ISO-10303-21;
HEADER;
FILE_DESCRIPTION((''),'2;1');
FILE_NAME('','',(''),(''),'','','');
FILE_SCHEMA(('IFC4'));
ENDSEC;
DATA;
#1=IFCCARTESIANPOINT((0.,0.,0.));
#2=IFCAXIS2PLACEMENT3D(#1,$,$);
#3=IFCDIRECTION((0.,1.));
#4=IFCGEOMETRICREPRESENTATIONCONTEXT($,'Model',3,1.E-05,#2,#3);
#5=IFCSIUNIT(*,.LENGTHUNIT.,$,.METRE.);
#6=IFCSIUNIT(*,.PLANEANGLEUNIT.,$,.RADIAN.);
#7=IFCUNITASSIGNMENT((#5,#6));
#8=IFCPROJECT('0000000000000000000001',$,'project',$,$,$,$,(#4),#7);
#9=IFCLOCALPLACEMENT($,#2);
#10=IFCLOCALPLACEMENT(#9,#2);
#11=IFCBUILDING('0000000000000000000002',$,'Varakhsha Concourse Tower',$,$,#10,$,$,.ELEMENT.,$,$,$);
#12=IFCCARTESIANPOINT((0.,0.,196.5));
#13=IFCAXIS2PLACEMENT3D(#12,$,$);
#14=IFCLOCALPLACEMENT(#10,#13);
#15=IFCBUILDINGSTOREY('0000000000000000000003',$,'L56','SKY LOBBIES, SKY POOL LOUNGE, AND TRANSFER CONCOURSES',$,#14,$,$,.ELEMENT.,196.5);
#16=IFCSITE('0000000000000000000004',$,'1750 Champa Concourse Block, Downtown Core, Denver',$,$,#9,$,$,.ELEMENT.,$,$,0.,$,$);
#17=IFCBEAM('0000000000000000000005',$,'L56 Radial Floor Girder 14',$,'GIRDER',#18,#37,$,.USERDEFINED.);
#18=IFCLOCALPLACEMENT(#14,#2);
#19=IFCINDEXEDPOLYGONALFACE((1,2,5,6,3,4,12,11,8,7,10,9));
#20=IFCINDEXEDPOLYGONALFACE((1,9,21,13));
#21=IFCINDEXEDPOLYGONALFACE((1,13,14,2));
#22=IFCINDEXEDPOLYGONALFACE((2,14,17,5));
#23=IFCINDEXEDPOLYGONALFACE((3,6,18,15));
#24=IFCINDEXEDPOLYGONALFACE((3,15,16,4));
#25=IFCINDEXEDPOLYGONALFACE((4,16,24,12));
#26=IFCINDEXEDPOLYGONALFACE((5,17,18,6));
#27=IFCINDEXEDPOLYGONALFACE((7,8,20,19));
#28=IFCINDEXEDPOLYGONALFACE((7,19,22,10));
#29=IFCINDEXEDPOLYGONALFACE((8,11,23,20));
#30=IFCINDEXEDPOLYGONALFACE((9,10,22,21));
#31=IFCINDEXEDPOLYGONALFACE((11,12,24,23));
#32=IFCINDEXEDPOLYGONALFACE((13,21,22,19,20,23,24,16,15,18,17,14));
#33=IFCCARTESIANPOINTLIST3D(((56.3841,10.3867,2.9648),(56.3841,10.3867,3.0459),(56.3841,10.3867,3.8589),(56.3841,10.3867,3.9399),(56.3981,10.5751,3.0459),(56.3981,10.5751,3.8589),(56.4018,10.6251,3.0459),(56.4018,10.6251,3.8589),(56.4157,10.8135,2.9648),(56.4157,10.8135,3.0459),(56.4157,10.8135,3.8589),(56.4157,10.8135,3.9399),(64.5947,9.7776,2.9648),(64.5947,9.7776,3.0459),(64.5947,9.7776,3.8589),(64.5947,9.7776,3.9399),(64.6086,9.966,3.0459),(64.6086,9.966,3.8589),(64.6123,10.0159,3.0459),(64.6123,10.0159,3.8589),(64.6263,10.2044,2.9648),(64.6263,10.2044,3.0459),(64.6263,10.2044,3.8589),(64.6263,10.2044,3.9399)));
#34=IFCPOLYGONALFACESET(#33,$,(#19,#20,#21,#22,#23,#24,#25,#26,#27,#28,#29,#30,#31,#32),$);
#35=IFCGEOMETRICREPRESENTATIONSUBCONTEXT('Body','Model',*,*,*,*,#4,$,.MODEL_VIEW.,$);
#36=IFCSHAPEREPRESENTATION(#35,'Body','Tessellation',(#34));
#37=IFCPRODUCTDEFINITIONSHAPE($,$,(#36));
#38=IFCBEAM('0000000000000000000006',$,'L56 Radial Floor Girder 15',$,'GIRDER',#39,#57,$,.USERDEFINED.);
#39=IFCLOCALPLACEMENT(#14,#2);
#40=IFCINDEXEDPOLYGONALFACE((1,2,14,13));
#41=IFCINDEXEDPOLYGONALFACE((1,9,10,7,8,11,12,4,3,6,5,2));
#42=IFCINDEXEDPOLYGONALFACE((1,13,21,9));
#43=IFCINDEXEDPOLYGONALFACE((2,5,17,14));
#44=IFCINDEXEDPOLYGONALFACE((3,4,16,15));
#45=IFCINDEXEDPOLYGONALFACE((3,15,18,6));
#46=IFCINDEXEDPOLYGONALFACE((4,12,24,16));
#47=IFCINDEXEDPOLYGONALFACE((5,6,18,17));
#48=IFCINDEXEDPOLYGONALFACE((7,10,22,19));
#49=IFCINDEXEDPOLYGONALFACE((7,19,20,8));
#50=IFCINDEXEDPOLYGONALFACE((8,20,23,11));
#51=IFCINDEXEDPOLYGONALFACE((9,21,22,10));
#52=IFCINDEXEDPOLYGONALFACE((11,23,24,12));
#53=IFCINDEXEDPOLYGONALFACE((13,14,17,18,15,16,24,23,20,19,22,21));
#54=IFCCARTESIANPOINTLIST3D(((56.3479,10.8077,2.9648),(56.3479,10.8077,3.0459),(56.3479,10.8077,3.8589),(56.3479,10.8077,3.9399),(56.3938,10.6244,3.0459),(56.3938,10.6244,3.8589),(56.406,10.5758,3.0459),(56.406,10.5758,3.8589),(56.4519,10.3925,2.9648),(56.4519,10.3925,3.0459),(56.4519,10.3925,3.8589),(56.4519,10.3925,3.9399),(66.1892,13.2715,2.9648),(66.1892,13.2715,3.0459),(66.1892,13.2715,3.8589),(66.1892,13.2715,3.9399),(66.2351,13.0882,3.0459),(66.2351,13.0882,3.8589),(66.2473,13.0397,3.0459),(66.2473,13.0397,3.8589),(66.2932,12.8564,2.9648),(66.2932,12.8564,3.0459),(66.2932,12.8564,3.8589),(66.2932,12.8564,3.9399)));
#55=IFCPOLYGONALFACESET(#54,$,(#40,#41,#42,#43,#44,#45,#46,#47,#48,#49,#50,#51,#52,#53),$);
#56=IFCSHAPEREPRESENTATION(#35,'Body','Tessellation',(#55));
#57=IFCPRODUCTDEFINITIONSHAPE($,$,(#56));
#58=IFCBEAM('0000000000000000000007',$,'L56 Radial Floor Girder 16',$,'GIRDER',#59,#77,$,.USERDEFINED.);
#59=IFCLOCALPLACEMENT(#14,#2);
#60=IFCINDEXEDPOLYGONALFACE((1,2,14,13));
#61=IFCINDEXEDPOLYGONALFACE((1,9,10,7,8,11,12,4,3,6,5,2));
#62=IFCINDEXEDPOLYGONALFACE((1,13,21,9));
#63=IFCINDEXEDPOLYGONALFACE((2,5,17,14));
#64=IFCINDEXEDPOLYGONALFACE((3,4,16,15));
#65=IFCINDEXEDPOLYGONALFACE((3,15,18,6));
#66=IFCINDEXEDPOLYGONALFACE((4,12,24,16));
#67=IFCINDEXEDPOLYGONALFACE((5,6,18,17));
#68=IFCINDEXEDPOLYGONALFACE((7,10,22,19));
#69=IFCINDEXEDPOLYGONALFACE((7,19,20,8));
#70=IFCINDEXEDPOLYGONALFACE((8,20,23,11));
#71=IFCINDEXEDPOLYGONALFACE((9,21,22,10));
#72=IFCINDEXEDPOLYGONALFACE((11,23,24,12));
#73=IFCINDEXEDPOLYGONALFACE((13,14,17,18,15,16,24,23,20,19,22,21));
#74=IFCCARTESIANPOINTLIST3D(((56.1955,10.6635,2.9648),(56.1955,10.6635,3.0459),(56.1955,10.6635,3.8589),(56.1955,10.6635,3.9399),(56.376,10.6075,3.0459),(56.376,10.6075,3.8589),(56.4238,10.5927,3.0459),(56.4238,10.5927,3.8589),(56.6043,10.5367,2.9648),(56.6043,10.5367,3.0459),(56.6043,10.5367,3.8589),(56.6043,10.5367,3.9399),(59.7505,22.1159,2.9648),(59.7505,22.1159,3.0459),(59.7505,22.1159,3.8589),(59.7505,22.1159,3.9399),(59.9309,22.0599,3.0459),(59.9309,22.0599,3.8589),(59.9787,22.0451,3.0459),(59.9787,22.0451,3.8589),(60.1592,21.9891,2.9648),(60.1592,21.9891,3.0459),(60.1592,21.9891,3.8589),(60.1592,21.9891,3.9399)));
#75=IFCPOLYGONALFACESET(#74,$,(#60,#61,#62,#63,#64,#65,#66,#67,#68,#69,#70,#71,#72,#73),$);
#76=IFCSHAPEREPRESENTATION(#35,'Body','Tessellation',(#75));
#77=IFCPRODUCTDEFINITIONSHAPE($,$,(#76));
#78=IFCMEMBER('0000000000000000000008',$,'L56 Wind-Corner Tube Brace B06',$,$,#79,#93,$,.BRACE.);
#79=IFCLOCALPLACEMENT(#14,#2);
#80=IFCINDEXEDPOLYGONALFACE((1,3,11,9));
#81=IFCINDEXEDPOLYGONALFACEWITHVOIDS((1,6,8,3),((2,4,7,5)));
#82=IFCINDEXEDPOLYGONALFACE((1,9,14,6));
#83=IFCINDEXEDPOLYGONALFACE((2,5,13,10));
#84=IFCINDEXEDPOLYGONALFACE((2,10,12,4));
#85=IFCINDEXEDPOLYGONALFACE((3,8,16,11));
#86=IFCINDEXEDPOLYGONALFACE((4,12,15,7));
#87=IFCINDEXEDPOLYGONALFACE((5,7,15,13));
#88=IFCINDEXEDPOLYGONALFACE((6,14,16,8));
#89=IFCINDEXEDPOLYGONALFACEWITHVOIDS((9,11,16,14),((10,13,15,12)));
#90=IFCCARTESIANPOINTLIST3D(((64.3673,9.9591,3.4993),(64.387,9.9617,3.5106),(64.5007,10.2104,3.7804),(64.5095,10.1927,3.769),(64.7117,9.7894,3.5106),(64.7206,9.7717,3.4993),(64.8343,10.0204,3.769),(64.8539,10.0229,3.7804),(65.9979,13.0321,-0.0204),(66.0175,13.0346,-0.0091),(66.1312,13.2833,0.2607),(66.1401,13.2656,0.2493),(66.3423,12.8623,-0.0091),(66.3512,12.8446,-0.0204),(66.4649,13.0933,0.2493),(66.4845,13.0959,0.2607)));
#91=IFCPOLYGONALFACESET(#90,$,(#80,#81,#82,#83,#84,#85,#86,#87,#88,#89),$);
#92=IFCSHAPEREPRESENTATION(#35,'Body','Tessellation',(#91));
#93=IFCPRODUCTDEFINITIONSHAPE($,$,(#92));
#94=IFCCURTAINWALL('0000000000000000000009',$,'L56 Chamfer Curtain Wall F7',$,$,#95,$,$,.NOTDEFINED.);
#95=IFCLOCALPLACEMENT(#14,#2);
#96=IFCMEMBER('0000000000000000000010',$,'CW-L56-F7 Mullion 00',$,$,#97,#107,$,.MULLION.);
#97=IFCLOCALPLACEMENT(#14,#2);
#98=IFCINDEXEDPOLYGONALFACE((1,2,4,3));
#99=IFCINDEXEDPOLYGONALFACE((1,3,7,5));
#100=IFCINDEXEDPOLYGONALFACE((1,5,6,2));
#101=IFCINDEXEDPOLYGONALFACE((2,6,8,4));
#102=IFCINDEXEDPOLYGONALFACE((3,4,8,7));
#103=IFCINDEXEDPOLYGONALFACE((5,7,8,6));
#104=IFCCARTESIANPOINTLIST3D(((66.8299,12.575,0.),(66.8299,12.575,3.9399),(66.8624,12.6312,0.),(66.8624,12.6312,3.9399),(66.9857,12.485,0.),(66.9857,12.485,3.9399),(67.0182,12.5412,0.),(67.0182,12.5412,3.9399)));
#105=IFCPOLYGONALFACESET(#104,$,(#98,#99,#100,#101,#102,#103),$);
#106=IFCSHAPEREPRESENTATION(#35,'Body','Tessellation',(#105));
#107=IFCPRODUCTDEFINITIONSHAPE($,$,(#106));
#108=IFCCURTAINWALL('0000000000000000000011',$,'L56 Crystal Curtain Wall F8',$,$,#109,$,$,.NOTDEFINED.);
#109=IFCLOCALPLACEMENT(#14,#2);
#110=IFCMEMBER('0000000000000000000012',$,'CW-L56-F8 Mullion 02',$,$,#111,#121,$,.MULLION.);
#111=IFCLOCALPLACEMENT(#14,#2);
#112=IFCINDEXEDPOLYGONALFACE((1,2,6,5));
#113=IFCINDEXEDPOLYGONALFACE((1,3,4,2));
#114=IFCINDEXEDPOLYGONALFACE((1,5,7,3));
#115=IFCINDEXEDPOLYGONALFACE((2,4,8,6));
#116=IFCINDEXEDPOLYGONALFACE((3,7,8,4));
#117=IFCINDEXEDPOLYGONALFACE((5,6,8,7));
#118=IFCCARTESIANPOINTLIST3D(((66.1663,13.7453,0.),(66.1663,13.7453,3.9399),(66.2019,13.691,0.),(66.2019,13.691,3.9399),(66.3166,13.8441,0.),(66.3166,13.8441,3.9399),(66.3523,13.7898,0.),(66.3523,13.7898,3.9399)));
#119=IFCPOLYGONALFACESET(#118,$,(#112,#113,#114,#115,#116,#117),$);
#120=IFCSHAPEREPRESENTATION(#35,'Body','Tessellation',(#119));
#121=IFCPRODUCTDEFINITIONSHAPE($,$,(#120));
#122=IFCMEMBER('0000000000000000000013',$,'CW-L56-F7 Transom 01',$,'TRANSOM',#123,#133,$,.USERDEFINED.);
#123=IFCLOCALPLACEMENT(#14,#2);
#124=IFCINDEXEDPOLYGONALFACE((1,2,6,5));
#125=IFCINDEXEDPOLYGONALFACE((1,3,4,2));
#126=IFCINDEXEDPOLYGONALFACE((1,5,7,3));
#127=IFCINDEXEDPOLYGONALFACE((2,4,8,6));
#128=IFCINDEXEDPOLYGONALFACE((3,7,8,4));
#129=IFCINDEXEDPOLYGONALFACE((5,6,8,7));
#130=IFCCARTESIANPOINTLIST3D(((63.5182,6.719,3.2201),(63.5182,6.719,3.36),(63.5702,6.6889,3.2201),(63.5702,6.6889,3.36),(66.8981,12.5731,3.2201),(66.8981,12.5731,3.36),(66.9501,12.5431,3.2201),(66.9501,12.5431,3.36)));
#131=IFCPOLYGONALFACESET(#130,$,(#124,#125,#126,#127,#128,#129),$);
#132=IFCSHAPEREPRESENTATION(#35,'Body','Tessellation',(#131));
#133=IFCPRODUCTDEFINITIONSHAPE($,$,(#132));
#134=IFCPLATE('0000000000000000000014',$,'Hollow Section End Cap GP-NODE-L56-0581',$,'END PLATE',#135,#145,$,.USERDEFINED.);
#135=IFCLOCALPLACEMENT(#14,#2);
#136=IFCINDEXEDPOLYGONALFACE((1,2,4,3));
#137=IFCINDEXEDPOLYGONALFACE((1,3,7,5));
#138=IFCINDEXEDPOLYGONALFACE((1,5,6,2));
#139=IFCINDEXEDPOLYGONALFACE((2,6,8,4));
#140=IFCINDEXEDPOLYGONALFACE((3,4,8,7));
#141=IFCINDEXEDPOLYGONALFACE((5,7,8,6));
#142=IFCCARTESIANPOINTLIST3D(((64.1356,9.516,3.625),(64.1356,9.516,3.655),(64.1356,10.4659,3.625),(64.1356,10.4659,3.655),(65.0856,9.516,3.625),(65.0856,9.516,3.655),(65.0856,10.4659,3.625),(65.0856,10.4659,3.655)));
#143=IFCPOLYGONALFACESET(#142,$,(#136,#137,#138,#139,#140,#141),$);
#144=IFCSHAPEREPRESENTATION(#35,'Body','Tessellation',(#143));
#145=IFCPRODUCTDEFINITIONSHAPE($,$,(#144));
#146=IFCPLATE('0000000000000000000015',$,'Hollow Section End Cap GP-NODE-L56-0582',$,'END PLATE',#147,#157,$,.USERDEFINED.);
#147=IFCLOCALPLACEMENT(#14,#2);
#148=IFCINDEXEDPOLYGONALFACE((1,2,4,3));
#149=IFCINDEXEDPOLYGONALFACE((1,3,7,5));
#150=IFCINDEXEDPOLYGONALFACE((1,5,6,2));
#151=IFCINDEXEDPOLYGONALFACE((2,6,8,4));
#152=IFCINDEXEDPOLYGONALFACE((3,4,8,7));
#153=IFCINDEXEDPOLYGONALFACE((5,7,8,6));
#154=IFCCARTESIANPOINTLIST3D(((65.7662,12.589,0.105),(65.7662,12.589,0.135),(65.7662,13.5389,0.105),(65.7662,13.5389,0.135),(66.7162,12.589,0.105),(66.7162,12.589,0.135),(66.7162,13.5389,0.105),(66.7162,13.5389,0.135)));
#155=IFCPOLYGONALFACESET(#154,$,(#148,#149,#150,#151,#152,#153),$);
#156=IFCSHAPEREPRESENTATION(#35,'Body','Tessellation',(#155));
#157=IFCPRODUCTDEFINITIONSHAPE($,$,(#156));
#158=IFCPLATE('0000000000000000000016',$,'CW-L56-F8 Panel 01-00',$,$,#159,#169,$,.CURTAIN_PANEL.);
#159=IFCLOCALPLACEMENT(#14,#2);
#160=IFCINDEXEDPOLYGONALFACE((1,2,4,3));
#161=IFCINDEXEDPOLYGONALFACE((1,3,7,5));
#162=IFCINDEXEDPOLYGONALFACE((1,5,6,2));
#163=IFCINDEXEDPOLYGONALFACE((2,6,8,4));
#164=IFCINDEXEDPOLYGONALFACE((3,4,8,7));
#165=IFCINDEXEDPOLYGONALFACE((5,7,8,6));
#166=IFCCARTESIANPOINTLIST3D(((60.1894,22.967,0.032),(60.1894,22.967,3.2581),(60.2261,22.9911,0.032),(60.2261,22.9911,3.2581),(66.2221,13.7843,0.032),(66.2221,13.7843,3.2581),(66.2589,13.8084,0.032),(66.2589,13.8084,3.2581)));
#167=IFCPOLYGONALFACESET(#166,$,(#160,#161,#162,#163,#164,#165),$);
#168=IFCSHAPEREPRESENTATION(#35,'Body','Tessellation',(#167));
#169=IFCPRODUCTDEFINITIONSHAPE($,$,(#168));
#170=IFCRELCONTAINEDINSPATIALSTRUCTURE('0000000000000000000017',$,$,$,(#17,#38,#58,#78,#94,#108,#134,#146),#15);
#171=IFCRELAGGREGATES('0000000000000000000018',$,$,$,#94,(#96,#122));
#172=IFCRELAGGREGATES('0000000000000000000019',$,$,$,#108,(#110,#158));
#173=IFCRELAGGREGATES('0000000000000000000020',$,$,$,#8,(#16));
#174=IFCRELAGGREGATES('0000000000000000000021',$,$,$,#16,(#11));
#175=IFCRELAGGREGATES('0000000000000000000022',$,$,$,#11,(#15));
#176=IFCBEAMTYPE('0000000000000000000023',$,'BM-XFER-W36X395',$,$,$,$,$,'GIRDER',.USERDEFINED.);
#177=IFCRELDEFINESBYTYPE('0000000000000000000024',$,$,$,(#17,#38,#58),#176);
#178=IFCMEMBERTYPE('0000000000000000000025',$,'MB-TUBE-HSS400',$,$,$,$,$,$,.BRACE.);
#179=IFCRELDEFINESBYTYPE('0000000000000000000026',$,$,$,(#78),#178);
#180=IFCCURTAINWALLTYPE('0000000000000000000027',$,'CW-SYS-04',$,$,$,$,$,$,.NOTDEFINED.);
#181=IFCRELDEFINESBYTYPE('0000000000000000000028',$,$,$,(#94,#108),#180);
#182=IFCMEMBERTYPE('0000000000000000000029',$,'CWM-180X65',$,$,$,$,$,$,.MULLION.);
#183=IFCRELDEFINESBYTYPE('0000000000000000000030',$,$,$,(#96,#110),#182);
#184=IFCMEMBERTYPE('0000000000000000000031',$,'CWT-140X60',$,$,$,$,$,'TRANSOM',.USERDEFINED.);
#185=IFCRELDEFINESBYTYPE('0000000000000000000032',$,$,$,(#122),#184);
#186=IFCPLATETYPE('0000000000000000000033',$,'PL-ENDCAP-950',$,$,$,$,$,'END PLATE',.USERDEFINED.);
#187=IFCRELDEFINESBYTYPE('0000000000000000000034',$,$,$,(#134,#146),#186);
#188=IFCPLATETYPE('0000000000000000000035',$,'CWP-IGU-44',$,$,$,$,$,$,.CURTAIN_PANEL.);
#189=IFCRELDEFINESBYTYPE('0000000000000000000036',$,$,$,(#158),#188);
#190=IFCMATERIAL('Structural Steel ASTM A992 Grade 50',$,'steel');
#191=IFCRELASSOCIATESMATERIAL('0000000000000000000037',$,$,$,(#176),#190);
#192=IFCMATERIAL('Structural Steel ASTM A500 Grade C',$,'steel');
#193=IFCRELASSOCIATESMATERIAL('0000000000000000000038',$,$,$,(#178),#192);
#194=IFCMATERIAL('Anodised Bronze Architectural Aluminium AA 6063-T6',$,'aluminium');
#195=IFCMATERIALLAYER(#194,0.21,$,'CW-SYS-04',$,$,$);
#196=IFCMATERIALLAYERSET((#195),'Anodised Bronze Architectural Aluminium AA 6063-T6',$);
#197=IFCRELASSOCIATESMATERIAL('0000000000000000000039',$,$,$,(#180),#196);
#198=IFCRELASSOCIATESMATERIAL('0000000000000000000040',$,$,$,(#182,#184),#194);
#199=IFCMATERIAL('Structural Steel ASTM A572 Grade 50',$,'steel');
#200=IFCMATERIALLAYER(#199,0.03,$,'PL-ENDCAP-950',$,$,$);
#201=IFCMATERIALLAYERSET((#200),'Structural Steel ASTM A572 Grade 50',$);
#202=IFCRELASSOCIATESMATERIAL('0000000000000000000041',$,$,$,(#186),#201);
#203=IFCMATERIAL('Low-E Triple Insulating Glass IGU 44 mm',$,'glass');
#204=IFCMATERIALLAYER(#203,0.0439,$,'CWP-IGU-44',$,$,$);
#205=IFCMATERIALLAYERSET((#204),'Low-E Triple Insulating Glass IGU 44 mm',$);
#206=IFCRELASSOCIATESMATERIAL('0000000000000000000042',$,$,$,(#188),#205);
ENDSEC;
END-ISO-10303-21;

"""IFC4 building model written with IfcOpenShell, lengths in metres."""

from ifc_helpers import new_model, si_unit, direction, frame, origin, origin_2d, place, context, subcontext, project, spatial, rectangle, hollow_rectangle, i_section, extrude, source, transform, mapped, material, layer, layer_set, material_profile, profile_set, type_object, type_shapes, element, aggregate, save


model = new_model("IFC4")

# Units and contexts
model_context = context("Model", 3, precision=1e-05, world=origin(), true_north=direction((0.0, 1.0)))
body_context = subcontext(model_context, "Body", "Model", "MODEL_VIEW")
ifc_project = project(units=[si_unit("LENGTHUNIT", "METRE"), si_unit("PLANEANGLEUNIT", "RADIAN")], contexts=[model_context])

# Site, building, storey
site_placement = place(None, origin())
site = spatial("IfcSite", under=ifc_project, at=site_placement, Name="1750 Champa Concourse Block, Downtown Core, Denver", CompositionType="ELEMENT", RefElevation=0.0)
building_placement = place(site_placement, origin())
building = spatial("IfcBuilding", under=site, at=building_placement, Name="Varakhsha Concourse Tower", CompositionType="ELEMENT")
storey_placement = place(building_placement, frame((0.0, 0.0, 196.5)))
storey = spatial("IfcBuildingStorey", under=building, at=storey_placement, Name="L56", Description="SKY LOBBIES, SKY POOL LOUNGE, AND TRANSFER CONCOURSES", CompositionType="ELEMENT", Elevation=196.5)

# Shared definitions
ifc_material_1 = material(Name="Structural Steel ASTM A992 Grade 50", Category="steel")
ifc_material_2 = material(Name="Structural Steel ASTM A572 Grade 50", Category="steel")

# Beams
ifc_material_profile_1 = material_profile(ifc_material_1, i_section(OverallWidth=0.428, OverallDepth=0.9751, WebThickness=0.05, FlangeThickness=0.0811, at=origin_2d()), Name="W36X395")
ifc_profile_set_1 = profile_set([ifc_material_profile_1], Name="Structural Steel ASTM A992 Grade 50")
beam_type_1 = type_object("IfcBeamType", Name="BM-XFER-W36X395", ElementType="GIRDER", PredefinedType="USERDEFINED", material=ifc_profile_set_1)
beam_1_placement = place(storey_placement, frame((56.3999, 10.6001, 3.4524), z_axis=(0.997259, -0.073984, 0.0), x_axis=(0.073984, 0.997259, 0.0)))
element("IfcBeam", 1, at=beam_1_placement, inside=storey, type_object=beam_type_1, Name="L56 Radial Floor Girder 14", ObjectType="GIRDER", PredefinedType="USERDEFINED", context=body_context, shape_type="SweptSolid", body=[
    extrude(i_section(OverallWidth=0.428, OverallDepth=0.9751, WebThickness=0.05, FlangeThickness=0.0811, at=origin_2d()), origin(), (0.0, 0.0, 1.0), 8.2332),
])
beam_2_placement = place(storey_placement, frame((56.3999, 10.6001, 3.4524), z_axis=(0.97006, 0.242864, 0.0), x_axis=(-0.242864, 0.97006, 0.0)))
element("IfcBeam", 2, at=beam_2_placement, inside=storey, type_object=beam_type_1, Name="L56 Radial Floor Girder 15", ObjectType="GIRDER", PredefinedType="USERDEFINED", context=body_context, shape_type="SweptSolid", body=[
    extrude(i_section(OverallWidth=0.428, OverallDepth=0.9751, WebThickness=0.05, FlangeThickness=0.0811, at=origin_2d()), origin(), (0.0, 0.0, 1.0), 10.145),
])
beam_3_placement = place(storey_placement, frame((56.3999, 10.6001, 3.4524), z_axis=(0.296456, 0.955047, 0.0), x_axis=(-0.955047, 0.296456, 0.0)))
element("IfcBeam", 3, at=beam_3_placement, inside=storey, type_object=beam_type_1, Name="L56 Radial Floor Girder 16", ObjectType="GIRDER", PredefinedType="USERDEFINED", context=body_context, shape_type="SweptSolid", body=[
    extrude(i_section(OverallWidth=0.428, OverallDepth=0.9751, WebThickness=0.05, FlangeThickness=0.0811, at=origin_2d()), origin(), (0.0, 0.0, 1.0), 11.9915),
])

# Member
ifc_material_3 = material(Name="Structural Steel ASTM A500 Grade C", Category="steel")
ifc_material_profile_2 = material_profile(ifc_material_3, hollow_rectangle(XDim=0.3999, YDim=0.3999, WallThickness=0.0161, at=origin_2d()), Name="HSS 400x400x16")
ifc_profile_set_2 = profile_set([ifc_material_profile_2], Name="Structural Steel ASTM A500 Grade C")
member_type_1 = type_object("IfcMemberType", Name="MB-TUBE-HSS400", PredefinedType="BRACE", material=ifc_profile_set_2)
shared_shape_1 = source(origin(), body_context, "Body", "SweptSolid", [
    extrude(hollow_rectangle(XDim=0.3999, YDim=0.3999, WallThickness=0.0161, at=origin_2d()), origin(), (0.0, 0.0, 1.0), 4.9487),
])
type_shapes(member_type_1, [shared_shape_1])
member_1_placement = place(storey_placement, frame((66.2412, 13.064, 0.1201), z_axis=(-0.329494, -0.620953, 0.711232), x_axis=(0.883344, -0.468726, 0.0)))
element("IfcMember", 4, at=member_1_placement, inside=storey, type_object=member_type_1, Name="L56 Wind-Corner Tube Brace B06", PredefinedType="BRACE", context=body_context, shape_type="MappedRepresentation", body=[
    mapped(shared_shape_1, transform((0.0, 0.0, 0.0), scale=1.0)),
])

# Curtain walls, members
ifc_material_4 = material(Name="Anodised Bronze Architectural Aluminium AA 6063-T6", Category="aluminium")
ifc_layer_1 = layer(ifc_material_4, 0.21, Name="CW-SYS-04")
ifc_layer_set_1 = layer_set([ifc_layer_1], Name="Anodised Bronze Architectural Aluminium AA 6063-T6")
curtain_wall_type = type_object("IfcCurtainWallType", Name="CW-SYS-04", PredefinedType="NOTDEFINED", material=ifc_layer_set_1)
curtain_wall_1_placement = place(storey_placement, origin())
curtain_wall_1 = element("IfcCurtainWall", 5, at=curtain_wall_1_placement, inside=storey, type_object=curtain_wall_type, Name="L56 Chamfer Curtain Wall F7", PredefinedType="NOTDEFINED")
ifc_material_profile_3 = material_profile(ifc_material_4, rectangle(XDim=0.0649, YDim=0.1799, at=origin_2d()), Name="CWM-180X65")
ifc_profile_set_3 = profile_set([ifc_material_profile_3], Name="Anodised Bronze Architectural Aluminium AA 6063-T6")
member_type_2 = type_object("IfcMemberType", Name="CWM-180X65", PredefinedType="MULLION", material=ifc_profile_set_3)
shared_shape_2 = source(origin(), body_context, "Body", "SweptSolid", [
    extrude(rectangle(XDim=0.0649, YDim=0.1799, at=origin_2d()), origin(), (0.0, 0.0, 1.0), 3.9399),
])
type_shapes(member_type_2, [shared_shape_2])
member_2_placement = place(storey_placement, frame((66.9241, 12.5581, 0.0), z_axis=(0.0, 0.0, 1.0), x_axis=(-0.499995, -0.866028, 0.0)))
member_2 = element("IfcMember", 6, at=member_2_placement, type_object=member_type_2, Name="CW-L56-F7 Mullion 00", PredefinedType="MULLION", context=body_context, shape_type="MappedRepresentation", body=[
    mapped(shared_shape_2, transform((0.0, 0.0, 0.0), scale=1.0)),
])
curtain_wall_2_placement = place(storey_placement, origin())
curtain_wall_2 = element("IfcCurtainWall", 7, at=curtain_wall_2_placement, inside=storey, type_object=curtain_wall_type, Name="L56 Crystal Curtain Wall F8", PredefinedType="NOTDEFINED")
member_3_placement = place(storey_placement, frame((66.2593, 13.7676, 0.0), z_axis=(0.0, 0.0, 1.0), x_axis=(0.54908, -0.83577, 0.0)))
member_3 = element("IfcMember", 8, at=member_3_placement, type_object=member_type_2, Name="CW-L56-F8 Mullion 02", PredefinedType="MULLION", context=body_context, shape_type="MappedRepresentation", body=[
    mapped(shared_shape_2, transform((0.0, 0.0, 0.0), scale=1.0)),
])

# Member
ifc_material_profile_4 = material_profile(ifc_material_4, rectangle(XDim=0.0601, YDim=0.1399, at=origin_2d()), Name="CWT-140X60")
ifc_profile_set_4 = profile_set([ifc_material_profile_4], Name="Anodised Bronze Architectural Aluminium AA 6063-T6")
member_type_3 = type_object("IfcMemberType", Name="CWT-140X60", ElementType="TRANSOM", PredefinedType="USERDEFINED", material=ifc_profile_set_4)
shared_shape_3 = source(origin(), body_context, "Body", "SweptSolid", [
    extrude(rectangle(XDim=0.0601, YDim=0.1399, at=origin_2d()), origin(), (0.0, 0.0, 1.0), 6.7598),
])
type_shapes(member_type_3, [shared_shape_3])
member_4_placement = place(storey_placement, frame((66.9241, 12.5581, 3.29), z_axis=(-0.499992, -0.86603, 0.0), x_axis=(0.86603, -0.499992, 0.0)))
member_4 = element("IfcMember", 9, at=member_4_placement, type_object=member_type_3, Name="CW-L56-F7 Transom 01", ObjectType="TRANSOM", PredefinedType="USERDEFINED", context=body_context, shape_type="MappedRepresentation", body=[
    mapped(shared_shape_3, transform((0.0, 0.0, 0.0), scale=1.0)),
])
aggregate(curtain_wall_1, [member_2, member_4])

# Plates
ifc_layer_2 = layer(ifc_material_2, 0.03, Name="PL-ENDCAP-950")
ifc_layer_set_2 = layer_set([ifc_layer_2], Name="Structural Steel ASTM A572 Grade 50")
plate_type_1 = type_object("IfcPlateType", Name="PL-ENDCAP-950", ElementType="END PLATE", PredefinedType="USERDEFINED", material=ifc_layer_set_2)
shared_shape_4 = source(origin(), body_context, "Body", "SweptSolid", [
    extrude(rectangle(XDim=0.95, YDim=0.95, at=origin_2d()), origin(), (0.0, 0.0, 1.0), 0.03),
])
type_shapes(plate_type_1, [shared_shape_4])
for number, where, z_axis, x_axis, name in (
    (10, (64.6106, 9.991, 3.625), (0.0, 0.0, 1.0), (1.0, 0.0, 0.0), "Hollow Section End Cap GP-NODE-L56-0581"),
    (11, (66.2412, 13.064, 0.105), (0.0, 0.0, 1.0), (1.0, 0.0, 0.0), "Hollow Section End Cap GP-NODE-L56-0582"),
):
    element("IfcPlate", number, at=place(storey_placement, frame(where, z_axis=z_axis, x_axis=x_axis)), inside=storey, type_object=plate_type_1, Name=name, ObjectType="END PLATE", PredefinedType="USERDEFINED", context=body_context, shape_type="MappedRepresentation", body=[
        mapped(shared_shape_4, transform((0.0, 0.0, 0.0), scale=1.0)),
    ])

# Plate
ifc_material_5 = material(Name="Low-E Triple Insulating Glass IGU 44 mm", Category="glass")
ifc_layer_3 = layer(ifc_material_5, 0.0439, Name="CWP-IGU-44")
ifc_layer_set_3 = layer_set([ifc_layer_3], Name="Low-E Triple Insulating Glass IGU 44 mm")
plate_type_2 = type_object("IfcPlateType", Name="CWP-IGU-44", PredefinedType="CURTAIN_PANEL", material=ifc_layer_set_3)
shared_shape_5 = source(origin(), body_context, "Body", "SweptSolid", [
    extrude(rectangle(XDim=10.9871, YDim=0.0439, at=origin_2d()), origin(), (0.0, 0.0, 1.0), 3.2261),
])
type_shapes(plate_type_2, [shared_shape_5])
plate_placement = place(storey_placement, frame((63.2241, 18.3877, 0.032), z_axis=(0.0, 0.0, 1.0), x_axis=(0.54908, -0.83577, 0.0)))
plate = element("IfcPlate", 12, at=plate_placement, type_object=plate_type_2, Name="CW-L56-F8 Panel 01-00", PredefinedType="CURTAIN_PANEL", context=body_context, shape_type="MappedRepresentation", body=[
    mapped(shared_shape_5, transform((0.0, 0.0, 0.0), scale=1.0)),
])
aggregate(curtain_wall_2, [member_3, plate])

save(model, "model.ifc")
